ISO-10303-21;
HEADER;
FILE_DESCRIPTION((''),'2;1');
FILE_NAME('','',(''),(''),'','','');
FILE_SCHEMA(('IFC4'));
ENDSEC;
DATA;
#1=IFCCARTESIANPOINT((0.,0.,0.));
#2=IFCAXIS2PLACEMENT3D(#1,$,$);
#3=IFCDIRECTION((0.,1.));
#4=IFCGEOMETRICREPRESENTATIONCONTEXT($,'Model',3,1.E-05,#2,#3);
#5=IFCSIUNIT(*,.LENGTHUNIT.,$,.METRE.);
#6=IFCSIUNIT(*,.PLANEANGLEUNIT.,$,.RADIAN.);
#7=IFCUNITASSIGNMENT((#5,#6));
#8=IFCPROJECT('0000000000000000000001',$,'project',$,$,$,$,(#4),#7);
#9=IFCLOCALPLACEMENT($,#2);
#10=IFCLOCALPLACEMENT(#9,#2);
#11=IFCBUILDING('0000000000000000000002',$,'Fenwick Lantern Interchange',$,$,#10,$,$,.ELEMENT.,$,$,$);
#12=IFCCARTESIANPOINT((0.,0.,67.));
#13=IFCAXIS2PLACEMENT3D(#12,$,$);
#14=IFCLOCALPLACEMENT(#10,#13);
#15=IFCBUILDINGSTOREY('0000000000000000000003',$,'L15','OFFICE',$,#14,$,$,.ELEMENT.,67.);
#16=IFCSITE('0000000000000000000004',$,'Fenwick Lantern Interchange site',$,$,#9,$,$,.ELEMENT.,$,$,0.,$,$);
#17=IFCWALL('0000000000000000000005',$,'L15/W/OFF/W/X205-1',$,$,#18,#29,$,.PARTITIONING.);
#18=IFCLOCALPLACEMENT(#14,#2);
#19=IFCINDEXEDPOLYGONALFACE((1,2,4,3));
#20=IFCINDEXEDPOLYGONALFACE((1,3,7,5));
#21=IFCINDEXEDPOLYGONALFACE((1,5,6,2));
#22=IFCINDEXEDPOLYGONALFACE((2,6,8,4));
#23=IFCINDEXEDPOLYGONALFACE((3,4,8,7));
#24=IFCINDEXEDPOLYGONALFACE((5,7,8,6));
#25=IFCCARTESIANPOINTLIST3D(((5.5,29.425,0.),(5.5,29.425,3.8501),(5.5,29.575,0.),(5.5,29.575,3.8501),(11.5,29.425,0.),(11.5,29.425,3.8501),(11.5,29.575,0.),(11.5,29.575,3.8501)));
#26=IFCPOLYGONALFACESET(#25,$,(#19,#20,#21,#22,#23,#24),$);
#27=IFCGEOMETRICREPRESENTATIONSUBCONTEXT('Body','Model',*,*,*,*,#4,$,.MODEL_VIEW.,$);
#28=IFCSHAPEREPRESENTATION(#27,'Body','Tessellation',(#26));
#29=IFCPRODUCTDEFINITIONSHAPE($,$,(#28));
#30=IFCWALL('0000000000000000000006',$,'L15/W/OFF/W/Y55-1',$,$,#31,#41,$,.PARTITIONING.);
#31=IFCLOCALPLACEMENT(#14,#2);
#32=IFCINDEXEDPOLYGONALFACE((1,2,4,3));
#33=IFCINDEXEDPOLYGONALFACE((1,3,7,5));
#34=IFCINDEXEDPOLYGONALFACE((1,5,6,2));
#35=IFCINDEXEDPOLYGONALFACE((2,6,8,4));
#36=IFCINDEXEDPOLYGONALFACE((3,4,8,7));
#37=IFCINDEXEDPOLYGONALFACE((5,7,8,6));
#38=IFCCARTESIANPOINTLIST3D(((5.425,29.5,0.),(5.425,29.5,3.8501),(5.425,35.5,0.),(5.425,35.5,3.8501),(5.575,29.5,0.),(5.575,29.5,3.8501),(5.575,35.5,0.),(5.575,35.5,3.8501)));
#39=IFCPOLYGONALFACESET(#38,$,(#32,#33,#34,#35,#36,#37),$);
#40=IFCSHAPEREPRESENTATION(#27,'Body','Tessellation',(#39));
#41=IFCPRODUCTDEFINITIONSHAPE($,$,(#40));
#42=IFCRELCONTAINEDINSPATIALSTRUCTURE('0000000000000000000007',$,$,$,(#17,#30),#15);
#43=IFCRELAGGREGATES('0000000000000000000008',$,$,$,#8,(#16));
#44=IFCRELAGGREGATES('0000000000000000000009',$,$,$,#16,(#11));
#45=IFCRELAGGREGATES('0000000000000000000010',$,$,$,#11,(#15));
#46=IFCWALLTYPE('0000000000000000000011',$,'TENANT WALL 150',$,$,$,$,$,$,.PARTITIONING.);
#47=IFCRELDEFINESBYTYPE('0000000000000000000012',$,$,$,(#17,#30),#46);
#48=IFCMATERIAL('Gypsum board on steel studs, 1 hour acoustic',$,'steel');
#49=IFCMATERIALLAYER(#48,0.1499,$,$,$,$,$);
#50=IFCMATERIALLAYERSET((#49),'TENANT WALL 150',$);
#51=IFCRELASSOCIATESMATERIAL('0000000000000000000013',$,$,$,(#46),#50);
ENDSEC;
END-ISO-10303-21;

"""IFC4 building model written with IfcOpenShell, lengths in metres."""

from ifc_helpers import new_model, si_unit, direction, frame, frame_2d, origin, place, context, subcontext, project, spatial, rectangle, extrude, material, layer, layer_set, type_object, element, save


model = new_model("IFC4")

# Units and contexts
model_context = context("Model", 3, precision=1e-05, world=origin(), true_north=direction((0.0, 1.0)))
body_context = subcontext(model_context, "Body", "Model", "MODEL_VIEW")
ifc_project = project(units=[si_unit("LENGTHUNIT", "METRE"), si_unit("PLANEANGLEUNIT", "RADIAN")], contexts=[model_context])

# Site, building, storey
site_placement = place(None, origin())
site = spatial("IfcSite", under=ifc_project, at=site_placement, Name="Fenwick Lantern Interchange site", CompositionType="ELEMENT", RefElevation=0.0)
building_placement = place(site_placement, origin())
building = spatial("IfcBuilding", under=site, at=building_placement, Name="Fenwick Lantern Interchange", CompositionType="ELEMENT")
storey_placement = place(building_placement, frame((0.0, 0.0, 67.0)))
storey = spatial("IfcBuildingStorey", under=building, at=storey_placement, Name="L15", Description="OFFICE", CompositionType="ELEMENT", Elevation=67.0)

# Walls
ifc_material_1 = material(Name="Gypsum board on steel studs, 1 hour acoustic", Category="steel")
ifc_layer_1 = layer(ifc_material_1, 0.1499)
ifc_layer_set_1 = layer_set([ifc_layer_1], Name="TENANT WALL 150")
wall_type_1 = type_object("IfcWallType", Name="TENANT WALL 150", PredefinedType="PARTITIONING", material=ifc_layer_set_1)
for number, where, z_axis, x_axis, name in (
    (1, (5.5, 29.5, 0.0), (0.0, 0.0, 1.0), (1.0, 0.0, 0.0), "L15/W/OFF/W/X205-1"),
    (2, (5.5, 35.5, 0.0), (0.0, 0.0, 1.0), (0.0, -1.0, 0.0), "L15/W/OFF/W/Y55-1"),
):
    element("IfcWall", number, at=place(storey_placement, frame(where, z_axis=z_axis, x_axis=x_axis)), inside=storey, type_object=wall_type_1, Name=name, PredefinedType="PARTITIONING", context=body_context, shape_type="SweptSolid", body=[
        extrude(rectangle(XDim=6.0, YDim=0.1499, at=frame_2d((3.0, 0.0))), origin(), (0.0, 0.0, 1.0), 3.8501),
    ])

save(model, "model.ifc")
